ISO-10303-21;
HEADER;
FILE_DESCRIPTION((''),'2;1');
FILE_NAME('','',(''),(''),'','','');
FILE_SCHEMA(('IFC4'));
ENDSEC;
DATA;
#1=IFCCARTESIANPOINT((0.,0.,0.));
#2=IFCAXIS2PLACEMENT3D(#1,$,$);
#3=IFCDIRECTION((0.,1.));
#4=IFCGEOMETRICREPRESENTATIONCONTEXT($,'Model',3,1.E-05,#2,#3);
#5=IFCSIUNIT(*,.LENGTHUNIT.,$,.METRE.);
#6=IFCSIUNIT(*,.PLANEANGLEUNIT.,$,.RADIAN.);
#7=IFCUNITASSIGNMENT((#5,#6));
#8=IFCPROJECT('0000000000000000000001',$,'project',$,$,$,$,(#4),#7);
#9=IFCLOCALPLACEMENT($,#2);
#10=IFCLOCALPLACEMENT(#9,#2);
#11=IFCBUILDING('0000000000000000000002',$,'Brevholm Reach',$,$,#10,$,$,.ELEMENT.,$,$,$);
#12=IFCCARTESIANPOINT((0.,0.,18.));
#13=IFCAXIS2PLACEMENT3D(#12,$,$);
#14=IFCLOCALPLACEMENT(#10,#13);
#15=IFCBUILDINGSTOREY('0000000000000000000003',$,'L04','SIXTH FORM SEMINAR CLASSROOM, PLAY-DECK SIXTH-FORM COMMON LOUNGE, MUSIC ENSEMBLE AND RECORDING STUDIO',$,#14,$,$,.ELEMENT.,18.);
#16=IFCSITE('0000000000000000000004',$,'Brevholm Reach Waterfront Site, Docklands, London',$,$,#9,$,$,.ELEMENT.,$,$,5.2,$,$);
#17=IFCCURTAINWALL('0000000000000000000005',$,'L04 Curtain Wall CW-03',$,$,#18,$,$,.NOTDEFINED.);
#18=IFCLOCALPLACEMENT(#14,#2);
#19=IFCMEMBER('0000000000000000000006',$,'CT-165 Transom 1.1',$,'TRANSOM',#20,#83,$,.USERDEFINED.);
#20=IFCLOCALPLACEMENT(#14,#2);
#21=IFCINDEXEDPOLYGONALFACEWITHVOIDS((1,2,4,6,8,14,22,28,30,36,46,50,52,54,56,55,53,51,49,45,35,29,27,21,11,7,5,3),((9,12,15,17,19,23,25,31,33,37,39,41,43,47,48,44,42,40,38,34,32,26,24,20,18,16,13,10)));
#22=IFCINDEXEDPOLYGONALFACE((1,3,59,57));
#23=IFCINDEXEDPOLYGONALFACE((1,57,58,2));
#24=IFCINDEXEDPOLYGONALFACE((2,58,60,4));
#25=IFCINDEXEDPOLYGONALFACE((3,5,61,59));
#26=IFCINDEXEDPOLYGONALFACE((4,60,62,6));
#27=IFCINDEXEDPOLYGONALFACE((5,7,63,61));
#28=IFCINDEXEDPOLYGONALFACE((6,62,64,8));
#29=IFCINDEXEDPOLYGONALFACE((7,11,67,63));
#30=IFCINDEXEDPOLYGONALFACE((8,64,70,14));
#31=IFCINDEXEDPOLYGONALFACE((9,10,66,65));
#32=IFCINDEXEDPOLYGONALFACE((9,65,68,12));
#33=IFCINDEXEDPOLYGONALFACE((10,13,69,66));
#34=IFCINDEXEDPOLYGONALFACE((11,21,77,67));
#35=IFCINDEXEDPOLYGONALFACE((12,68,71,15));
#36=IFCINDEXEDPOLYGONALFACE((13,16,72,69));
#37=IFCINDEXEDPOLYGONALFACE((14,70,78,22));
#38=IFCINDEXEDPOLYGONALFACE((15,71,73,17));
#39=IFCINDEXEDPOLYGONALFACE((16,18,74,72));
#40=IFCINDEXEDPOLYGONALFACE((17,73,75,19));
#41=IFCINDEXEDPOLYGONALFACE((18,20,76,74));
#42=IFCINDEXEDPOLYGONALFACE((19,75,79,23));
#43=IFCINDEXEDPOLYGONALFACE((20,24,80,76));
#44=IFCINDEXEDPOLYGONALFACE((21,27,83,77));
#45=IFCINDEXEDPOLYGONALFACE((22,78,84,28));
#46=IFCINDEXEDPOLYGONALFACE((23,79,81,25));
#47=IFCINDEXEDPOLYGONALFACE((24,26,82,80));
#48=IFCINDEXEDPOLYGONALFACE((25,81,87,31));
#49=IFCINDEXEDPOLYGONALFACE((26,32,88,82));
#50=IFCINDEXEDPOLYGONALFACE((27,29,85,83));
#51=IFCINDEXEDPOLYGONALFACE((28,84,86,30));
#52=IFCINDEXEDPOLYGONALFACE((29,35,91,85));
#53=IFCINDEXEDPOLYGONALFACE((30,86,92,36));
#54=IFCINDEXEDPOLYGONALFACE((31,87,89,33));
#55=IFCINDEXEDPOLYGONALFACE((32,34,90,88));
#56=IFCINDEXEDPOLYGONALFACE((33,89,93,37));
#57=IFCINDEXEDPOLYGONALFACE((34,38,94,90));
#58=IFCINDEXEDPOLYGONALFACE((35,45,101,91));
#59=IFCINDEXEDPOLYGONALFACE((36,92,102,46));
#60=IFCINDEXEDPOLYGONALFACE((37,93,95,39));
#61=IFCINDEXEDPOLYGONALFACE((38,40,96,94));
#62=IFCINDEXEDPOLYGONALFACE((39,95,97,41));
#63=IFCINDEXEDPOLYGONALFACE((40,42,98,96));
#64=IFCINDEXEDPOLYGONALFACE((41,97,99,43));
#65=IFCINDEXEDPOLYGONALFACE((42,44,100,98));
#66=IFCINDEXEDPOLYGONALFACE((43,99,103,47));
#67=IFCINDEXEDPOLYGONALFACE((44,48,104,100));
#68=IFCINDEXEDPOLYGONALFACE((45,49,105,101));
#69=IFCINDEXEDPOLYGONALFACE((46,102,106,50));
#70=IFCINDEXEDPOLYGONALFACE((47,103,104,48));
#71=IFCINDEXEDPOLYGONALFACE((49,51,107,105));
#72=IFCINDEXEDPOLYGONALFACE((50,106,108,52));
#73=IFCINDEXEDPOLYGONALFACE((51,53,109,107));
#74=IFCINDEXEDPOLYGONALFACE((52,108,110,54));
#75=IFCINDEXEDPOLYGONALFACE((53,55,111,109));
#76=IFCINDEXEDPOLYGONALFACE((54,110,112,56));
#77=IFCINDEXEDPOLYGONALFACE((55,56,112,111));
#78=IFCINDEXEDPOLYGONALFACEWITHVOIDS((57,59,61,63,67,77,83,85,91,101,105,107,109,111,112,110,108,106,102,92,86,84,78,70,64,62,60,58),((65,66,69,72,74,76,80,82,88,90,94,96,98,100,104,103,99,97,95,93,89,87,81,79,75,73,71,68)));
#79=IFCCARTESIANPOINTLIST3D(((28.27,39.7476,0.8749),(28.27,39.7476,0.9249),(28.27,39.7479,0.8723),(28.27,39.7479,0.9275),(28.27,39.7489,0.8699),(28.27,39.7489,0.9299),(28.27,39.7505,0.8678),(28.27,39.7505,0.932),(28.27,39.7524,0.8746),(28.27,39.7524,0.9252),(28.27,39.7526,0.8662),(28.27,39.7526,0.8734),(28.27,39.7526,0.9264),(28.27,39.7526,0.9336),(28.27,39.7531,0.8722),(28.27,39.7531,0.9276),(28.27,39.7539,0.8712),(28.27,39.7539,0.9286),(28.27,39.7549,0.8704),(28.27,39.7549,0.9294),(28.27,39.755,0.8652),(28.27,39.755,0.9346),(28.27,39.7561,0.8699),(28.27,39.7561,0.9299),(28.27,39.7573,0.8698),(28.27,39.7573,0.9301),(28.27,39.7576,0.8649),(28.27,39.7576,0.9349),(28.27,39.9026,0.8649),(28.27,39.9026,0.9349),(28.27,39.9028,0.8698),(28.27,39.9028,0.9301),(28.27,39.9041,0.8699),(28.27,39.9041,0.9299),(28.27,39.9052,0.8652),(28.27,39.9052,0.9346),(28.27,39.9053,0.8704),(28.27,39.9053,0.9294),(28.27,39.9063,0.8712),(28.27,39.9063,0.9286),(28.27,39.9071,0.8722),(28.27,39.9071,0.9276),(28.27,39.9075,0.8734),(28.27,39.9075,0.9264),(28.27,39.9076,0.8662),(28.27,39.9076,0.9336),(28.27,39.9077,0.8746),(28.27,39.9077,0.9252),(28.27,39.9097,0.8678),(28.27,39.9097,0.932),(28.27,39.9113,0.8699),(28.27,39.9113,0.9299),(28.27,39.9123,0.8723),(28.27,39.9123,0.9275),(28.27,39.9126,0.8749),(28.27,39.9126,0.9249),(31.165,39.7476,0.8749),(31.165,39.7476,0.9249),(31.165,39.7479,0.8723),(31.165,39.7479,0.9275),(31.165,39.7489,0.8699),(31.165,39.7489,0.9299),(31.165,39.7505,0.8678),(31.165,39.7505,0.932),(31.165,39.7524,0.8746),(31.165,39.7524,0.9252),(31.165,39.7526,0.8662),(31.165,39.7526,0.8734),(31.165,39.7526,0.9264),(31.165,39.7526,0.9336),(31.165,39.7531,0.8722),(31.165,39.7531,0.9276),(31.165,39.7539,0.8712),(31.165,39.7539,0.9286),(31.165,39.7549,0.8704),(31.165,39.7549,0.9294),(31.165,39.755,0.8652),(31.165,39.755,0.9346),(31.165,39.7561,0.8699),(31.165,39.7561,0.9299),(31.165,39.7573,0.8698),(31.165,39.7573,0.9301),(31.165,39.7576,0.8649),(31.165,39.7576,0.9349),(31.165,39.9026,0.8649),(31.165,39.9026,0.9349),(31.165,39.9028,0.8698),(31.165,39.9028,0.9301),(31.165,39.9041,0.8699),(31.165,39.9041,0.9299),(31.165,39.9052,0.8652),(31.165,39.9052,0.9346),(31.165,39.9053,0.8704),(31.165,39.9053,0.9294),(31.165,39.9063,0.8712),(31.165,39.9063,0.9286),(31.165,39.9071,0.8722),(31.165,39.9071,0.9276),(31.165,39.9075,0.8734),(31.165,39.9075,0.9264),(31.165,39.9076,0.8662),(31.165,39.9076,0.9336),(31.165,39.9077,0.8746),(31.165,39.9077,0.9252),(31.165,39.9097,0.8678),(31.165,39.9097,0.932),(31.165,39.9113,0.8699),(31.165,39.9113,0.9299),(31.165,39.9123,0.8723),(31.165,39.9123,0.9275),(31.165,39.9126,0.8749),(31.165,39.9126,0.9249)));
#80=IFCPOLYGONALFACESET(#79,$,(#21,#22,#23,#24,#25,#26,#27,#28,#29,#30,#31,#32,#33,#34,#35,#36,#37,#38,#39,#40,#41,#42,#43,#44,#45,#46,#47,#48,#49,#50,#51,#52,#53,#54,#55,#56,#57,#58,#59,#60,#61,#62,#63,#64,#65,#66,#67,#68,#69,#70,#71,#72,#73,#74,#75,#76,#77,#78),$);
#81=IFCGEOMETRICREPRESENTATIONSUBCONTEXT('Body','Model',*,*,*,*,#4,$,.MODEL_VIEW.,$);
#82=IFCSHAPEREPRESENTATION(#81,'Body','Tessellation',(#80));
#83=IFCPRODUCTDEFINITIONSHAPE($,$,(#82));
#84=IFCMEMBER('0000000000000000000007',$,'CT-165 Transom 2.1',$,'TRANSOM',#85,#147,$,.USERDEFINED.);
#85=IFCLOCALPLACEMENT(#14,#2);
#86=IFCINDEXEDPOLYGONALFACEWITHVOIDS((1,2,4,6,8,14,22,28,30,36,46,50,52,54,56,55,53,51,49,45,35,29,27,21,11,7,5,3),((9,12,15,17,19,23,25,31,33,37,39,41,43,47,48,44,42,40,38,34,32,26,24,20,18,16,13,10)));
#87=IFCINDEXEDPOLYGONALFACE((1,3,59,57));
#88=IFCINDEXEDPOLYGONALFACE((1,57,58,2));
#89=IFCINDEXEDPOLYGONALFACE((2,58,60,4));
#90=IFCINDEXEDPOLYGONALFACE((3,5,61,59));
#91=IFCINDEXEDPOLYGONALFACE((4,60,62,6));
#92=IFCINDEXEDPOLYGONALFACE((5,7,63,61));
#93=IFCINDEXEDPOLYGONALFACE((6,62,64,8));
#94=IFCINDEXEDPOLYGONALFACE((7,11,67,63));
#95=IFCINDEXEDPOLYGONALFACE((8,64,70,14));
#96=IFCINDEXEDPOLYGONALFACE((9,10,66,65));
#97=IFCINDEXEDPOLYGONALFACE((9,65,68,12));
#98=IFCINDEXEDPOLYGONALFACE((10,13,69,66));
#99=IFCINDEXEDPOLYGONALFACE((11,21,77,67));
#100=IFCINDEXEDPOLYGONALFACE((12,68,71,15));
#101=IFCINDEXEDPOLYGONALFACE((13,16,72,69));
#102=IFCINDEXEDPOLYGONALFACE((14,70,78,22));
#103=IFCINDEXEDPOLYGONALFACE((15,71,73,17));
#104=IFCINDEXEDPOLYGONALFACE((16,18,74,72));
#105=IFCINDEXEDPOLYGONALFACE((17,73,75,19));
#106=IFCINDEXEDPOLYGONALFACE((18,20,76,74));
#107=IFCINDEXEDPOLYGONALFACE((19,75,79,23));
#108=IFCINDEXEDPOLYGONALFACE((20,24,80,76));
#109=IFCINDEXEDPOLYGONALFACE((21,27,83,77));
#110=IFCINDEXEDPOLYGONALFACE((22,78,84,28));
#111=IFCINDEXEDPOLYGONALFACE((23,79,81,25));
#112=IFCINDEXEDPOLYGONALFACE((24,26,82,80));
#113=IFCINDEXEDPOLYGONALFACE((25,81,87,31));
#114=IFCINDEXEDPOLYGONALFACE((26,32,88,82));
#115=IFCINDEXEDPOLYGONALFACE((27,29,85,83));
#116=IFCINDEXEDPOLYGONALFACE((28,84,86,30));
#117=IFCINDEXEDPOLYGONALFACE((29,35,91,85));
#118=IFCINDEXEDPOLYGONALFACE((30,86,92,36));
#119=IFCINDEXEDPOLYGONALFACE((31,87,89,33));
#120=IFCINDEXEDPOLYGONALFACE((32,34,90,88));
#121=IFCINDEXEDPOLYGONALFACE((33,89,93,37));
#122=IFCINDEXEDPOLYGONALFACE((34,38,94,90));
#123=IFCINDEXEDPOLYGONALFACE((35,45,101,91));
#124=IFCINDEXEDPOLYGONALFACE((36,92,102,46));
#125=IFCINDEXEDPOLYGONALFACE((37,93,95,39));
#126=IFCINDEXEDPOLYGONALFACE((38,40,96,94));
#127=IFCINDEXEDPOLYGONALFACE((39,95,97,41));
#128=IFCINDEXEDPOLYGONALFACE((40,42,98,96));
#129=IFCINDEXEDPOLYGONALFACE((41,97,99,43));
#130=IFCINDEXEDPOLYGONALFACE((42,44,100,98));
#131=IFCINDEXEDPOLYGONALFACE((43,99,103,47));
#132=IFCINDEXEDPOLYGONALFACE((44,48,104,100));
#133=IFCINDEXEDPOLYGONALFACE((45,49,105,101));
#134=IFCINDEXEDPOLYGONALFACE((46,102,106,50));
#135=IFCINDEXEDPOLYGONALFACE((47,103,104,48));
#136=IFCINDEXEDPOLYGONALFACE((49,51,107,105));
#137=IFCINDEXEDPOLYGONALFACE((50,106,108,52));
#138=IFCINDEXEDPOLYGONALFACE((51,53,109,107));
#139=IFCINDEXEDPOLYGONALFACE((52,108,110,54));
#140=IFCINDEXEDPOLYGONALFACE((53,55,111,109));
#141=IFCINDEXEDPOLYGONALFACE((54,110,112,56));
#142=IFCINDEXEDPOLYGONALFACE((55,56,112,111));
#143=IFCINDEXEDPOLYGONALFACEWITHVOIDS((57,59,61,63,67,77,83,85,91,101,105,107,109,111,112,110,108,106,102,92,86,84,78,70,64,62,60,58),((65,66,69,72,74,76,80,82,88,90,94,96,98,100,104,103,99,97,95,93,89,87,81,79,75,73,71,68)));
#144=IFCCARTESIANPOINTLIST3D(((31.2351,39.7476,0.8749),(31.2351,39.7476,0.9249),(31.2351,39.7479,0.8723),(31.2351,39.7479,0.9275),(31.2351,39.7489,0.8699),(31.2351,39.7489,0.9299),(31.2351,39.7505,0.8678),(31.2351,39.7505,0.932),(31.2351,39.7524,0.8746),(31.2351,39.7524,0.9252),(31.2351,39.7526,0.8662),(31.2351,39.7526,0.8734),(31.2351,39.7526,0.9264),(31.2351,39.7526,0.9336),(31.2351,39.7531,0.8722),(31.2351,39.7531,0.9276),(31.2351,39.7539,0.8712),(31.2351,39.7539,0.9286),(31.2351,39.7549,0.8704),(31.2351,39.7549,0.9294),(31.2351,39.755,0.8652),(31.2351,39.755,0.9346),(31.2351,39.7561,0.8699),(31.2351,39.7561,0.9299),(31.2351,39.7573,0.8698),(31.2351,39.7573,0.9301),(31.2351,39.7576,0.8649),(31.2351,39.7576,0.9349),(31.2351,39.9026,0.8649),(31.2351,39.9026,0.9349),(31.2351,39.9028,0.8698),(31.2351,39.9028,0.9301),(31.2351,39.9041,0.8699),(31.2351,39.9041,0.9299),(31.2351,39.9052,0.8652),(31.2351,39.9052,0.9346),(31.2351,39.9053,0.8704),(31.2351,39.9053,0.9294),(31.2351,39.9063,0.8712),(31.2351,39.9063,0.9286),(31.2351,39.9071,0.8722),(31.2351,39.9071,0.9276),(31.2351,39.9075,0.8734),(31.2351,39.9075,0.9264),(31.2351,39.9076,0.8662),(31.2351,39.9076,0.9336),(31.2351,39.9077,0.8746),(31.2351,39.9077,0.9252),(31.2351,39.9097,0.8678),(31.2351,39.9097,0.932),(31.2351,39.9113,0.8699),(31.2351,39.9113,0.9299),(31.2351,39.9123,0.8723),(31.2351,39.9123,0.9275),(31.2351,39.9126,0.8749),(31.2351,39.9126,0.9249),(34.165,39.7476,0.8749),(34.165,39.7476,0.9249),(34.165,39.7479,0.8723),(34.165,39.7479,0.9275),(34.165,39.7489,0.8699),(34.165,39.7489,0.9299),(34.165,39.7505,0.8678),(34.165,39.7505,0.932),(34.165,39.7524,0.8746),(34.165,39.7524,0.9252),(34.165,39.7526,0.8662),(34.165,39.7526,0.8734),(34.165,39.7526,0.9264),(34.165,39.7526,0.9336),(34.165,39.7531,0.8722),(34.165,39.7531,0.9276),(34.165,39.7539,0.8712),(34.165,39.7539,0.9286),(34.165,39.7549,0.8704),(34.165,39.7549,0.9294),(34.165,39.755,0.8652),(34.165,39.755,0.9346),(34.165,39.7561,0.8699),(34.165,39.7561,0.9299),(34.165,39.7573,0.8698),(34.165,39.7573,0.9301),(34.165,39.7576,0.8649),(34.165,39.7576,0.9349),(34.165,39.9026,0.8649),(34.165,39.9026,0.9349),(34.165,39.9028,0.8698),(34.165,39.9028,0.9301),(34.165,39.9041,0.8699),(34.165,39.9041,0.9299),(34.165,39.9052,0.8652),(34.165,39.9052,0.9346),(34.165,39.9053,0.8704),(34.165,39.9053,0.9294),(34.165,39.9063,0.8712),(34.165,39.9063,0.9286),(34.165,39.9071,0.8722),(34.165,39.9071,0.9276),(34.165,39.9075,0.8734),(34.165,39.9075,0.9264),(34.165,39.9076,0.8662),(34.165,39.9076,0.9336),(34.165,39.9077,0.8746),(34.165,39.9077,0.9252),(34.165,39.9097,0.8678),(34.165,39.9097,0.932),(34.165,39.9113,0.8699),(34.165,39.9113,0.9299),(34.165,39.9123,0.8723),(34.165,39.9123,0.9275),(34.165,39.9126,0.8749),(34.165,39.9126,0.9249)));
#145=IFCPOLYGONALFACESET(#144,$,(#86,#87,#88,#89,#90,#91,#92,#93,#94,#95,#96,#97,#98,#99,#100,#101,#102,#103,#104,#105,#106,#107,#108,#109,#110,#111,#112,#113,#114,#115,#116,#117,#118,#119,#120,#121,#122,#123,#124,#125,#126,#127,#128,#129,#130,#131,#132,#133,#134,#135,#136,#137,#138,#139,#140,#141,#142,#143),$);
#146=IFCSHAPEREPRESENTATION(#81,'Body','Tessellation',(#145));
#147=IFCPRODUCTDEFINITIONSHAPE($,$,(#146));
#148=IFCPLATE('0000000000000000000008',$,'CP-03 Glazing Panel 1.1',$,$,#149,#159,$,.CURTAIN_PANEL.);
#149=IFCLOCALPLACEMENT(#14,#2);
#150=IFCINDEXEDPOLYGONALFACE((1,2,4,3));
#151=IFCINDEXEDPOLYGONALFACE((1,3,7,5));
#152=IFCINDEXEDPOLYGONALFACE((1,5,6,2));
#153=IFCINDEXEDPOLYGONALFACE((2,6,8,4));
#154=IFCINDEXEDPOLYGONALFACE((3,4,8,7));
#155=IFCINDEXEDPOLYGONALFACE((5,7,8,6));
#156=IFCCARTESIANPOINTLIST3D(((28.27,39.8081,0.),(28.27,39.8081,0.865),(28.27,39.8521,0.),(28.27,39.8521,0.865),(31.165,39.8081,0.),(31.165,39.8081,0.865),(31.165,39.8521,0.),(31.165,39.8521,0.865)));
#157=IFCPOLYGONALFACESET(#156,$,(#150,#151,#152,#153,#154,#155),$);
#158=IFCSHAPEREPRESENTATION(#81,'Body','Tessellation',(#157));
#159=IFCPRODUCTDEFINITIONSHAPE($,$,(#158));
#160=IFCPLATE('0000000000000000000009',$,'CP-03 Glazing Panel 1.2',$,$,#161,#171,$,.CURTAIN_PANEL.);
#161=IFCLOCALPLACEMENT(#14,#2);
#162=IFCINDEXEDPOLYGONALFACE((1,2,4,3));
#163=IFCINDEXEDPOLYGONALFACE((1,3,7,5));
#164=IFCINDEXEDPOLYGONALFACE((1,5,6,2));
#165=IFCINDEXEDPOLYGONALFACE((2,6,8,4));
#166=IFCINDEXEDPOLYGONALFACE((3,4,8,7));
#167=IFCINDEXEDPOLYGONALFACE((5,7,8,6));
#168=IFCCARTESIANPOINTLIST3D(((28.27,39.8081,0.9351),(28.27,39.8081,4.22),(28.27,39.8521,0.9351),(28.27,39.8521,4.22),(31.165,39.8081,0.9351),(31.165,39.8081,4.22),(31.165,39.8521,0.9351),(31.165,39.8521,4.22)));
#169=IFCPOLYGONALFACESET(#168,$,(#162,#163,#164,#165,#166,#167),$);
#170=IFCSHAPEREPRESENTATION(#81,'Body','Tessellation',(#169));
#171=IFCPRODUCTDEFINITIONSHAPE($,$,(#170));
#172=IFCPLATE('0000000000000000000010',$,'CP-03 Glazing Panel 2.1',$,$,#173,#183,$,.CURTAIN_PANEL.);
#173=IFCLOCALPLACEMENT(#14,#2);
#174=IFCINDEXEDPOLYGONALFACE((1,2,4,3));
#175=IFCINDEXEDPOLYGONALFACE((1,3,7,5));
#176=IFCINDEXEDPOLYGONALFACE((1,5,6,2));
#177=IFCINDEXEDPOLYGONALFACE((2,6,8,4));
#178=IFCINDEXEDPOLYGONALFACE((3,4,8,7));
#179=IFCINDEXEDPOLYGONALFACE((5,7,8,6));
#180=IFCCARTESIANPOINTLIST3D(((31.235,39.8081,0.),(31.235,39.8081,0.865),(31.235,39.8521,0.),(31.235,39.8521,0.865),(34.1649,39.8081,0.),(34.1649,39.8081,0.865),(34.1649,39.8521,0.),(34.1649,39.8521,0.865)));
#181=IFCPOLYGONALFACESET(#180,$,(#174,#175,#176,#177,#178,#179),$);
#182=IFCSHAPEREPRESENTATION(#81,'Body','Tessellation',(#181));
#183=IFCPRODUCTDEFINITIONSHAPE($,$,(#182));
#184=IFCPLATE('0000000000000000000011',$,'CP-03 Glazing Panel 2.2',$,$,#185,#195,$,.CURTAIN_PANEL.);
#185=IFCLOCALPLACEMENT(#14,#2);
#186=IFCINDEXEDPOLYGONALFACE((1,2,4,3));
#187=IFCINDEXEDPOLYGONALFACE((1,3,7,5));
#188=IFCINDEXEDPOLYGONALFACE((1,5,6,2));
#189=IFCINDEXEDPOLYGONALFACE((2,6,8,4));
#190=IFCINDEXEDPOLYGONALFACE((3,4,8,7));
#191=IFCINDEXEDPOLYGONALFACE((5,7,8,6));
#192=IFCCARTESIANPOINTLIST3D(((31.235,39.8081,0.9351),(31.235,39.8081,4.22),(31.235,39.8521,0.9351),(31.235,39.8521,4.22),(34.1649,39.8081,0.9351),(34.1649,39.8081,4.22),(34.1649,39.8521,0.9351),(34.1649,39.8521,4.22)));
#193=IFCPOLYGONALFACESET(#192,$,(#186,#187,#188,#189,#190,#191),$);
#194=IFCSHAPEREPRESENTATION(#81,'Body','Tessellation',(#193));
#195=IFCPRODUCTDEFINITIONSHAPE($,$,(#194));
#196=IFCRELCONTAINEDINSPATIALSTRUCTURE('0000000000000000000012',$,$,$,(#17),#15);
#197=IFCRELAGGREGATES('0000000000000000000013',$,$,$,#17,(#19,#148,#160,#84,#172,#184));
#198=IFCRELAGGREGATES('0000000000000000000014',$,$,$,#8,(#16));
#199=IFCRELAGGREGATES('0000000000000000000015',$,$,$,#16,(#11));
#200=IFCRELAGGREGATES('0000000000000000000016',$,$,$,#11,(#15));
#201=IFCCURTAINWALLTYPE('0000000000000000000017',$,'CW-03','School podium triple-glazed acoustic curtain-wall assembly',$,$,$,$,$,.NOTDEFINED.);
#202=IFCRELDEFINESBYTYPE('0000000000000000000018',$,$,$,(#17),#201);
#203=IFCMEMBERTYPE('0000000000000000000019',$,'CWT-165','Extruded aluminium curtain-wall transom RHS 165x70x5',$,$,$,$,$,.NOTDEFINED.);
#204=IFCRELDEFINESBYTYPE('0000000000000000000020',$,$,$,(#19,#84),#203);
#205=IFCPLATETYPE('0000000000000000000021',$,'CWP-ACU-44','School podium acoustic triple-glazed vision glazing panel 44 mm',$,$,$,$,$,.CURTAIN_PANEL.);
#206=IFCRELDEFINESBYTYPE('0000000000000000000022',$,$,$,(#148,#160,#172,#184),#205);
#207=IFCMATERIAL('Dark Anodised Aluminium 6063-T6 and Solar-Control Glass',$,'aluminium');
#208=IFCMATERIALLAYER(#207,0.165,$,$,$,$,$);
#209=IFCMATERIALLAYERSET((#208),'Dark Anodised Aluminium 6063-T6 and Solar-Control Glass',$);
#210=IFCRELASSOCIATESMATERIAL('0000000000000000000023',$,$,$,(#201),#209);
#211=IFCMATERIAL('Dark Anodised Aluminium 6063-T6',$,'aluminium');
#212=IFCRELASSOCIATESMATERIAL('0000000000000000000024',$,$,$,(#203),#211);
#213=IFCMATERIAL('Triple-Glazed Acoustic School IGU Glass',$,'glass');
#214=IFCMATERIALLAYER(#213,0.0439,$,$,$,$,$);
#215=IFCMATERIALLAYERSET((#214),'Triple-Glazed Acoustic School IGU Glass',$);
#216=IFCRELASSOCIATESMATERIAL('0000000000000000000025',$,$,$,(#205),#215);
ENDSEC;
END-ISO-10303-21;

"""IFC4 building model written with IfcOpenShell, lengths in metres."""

from ifc_helpers import new_model, si_unit, direction, frame, origin, origin_2d, place, context, subcontext, project, spatial, rectangle, hollow_rectangle, extrude, material, layer, layer_set, material_profile, profile_set, type_object, element, aggregate, save


model = new_model("IFC4")

# Units and contexts
model_context = context("Model", 3, precision=1e-05, world=origin(), true_north=direction((0.0, 1.0)))
body_context = subcontext(model_context, "Body", "Model", "MODEL_VIEW")
ifc_project = project(units=[si_unit("LENGTHUNIT", "METRE"), si_unit("PLANEANGLEUNIT", "RADIAN")], contexts=[model_context])

# Site, building, storey
site_placement = place(None, origin())
site = spatial("IfcSite", under=ifc_project, at=site_placement, Name="Brevholm Reach Waterfront Site, Docklands, London", CompositionType="ELEMENT", RefElevation=5.2)
building_placement = place(site_placement, origin())
building = spatial("IfcBuilding", under=site, at=building_placement, Name="Brevholm Reach", CompositionType="ELEMENT")
storey_placement = place(building_placement, frame((0.0, 0.0, 18.0)))
storey = spatial("IfcBuildingStorey", under=building, at=storey_placement, Name="L04", Description="SIXTH FORM SEMINAR CLASSROOM, PLAY-DECK SIXTH-FORM COMMON LOUNGE, MUSIC ENSEMBLE AND RECORDING STUDIO", CompositionType="ELEMENT", Elevation=18.0)

# Curtain wall, members, plates
ifc_material_1 = material(Name="Dark Anodised Aluminium 6063-T6 and Solar-Control Glass", Category="aluminium")
ifc_layer_1 = layer(ifc_material_1, 0.165)
ifc_layer_set_1 = layer_set([ifc_layer_1], Name="Dark Anodised Aluminium 6063-T6 and Solar-Control Glass")
curtain_wall_type = type_object("IfcCurtainWallType", Name="CW-03", Description="School podium triple-glazed acoustic curtain-wall assembly", PredefinedType="NOTDEFINED", material=ifc_layer_set_1)
curtain_wall_placement = place(storey_placement, origin())
curtain_wall = element("IfcCurtainWall", 1, at=curtain_wall_placement, inside=storey, type_object=curtain_wall_type, Name="L04 Curtain Wall CW-03", PredefinedType="NOTDEFINED")
ifc_material_2 = material(Name="Dark Anodised Aluminium 6063-T6", Category="aluminium")
ifc_material_profile_1 = material_profile(ifc_material_2, hollow_rectangle(XDim=0.0701, YDim=0.165, WallThickness=0.0049, InnerFilletRadius=0.0049, OuterFilletRadius=0.01, at=origin_2d()), Name="RHS 165x70x5")
ifc_profile_set_1 = profile_set([ifc_material_profile_1], Name="Dark Anodised Aluminium 6063-T6")
member_type_1 = type_object("IfcMemberType", Name="CWT-165", Description="Extruded aluminium curtain-wall transom RHS 165x70x5", PredefinedType="NOTDEFINED", material=ifc_profile_set_1)
member_1_placement = place(storey_placement, frame((28.27, 39.8301, 0.8999), z_axis=(1.0, 0.0, 0.0), x_axis=(0.0, 0.0, 1.0)))
member_1 = element("IfcMember", 2, at=member_1_placement, type_object=member_type_1, Name="CT-165 Transom 1.1", ObjectType="TRANSOM", PredefinedType="USERDEFINED", context=body_context, shape_type="SweptSolid", body=[
    extrude(hollow_rectangle(XDim=0.0701, YDim=0.165, WallThickness=0.0049, InnerFilletRadius=0.0049, OuterFilletRadius=0.01, at=origin_2d()), origin(), (0.0, 0.0, 1.0), 2.895),
])
member_2_placement = place(storey_placement, frame((31.2351, 39.8301, 0.8999), z_axis=(1.0, 0.0, 0.0), x_axis=(0.0, 0.0, 1.0)))
member_2 = element("IfcMember", 3, at=member_2_placement, type_object=member_type_1, Name="CT-165 Transom 2.1", ObjectType="TRANSOM", PredefinedType="USERDEFINED", context=body_context, shape_type="SweptSolid", body=[
    extrude(hollow_rectangle(XDim=0.0701, YDim=0.165, WallThickness=0.0049, InnerFilletRadius=0.0049, OuterFilletRadius=0.01, at=origin_2d()), origin(), (0.0, 0.0, 1.0), 2.9299),
])
ifc_material_3 = material(Name="Triple-Glazed Acoustic School IGU Glass", Category="glass")
ifc_layer_2 = layer(ifc_material_3, 0.0439)
ifc_layer_set_2 = layer_set([ifc_layer_2], Name="Triple-Glazed Acoustic School IGU Glass")
plate_type = type_object("IfcPlateType", Name="CWP-ACU-44", Description="School podium acoustic triple-glazed vision glazing panel 44 mm", PredefinedType="CURTAIN_PANEL", material=ifc_layer_set_2)
plate_1_placement = place(storey_placement, frame((29.7175, 39.8301, 0.0), z_axis=(0.0, 0.0, 1.0), x_axis=(1.0, 0.0, 0.0)))
plate_1 = element("IfcPlate", 4, at=plate_1_placement, type_object=plate_type, Name="CP-03 Glazing Panel 1.1", PredefinedType="CURTAIN_PANEL", context=body_context, shape_type="SweptSolid", body=[
    extrude(rectangle(XDim=2.895, YDim=0.0439, at=origin_2d()), origin(), (0.0, 0.0, 1.0), 0.865),
])
plate_2_placement = place(storey_placement, frame((29.7175, 39.8301, 0.9351), z_axis=(0.0, 0.0, 1.0), x_axis=(1.0, 0.0, 0.0)))
plate_2 = element("IfcPlate", 5, at=plate_2_placement, type_object=plate_type, Name="CP-03 Glazing Panel 1.2", PredefinedType="CURTAIN_PANEL", context=body_context, shape_type="SweptSolid", body=[
    extrude(rectangle(XDim=2.895, YDim=0.0439, at=origin_2d()), origin(), (0.0, 0.0, 1.0), 3.2849),
])
plate_3_placement = place(storey_placement, frame((32.7, 39.8301, 0.0), z_axis=(0.0, 0.0, 1.0), x_axis=(1.0, 0.0, 0.0)))
plate_3 = element("IfcPlate", 6, at=plate_3_placement, type_object=plate_type, Name="CP-03 Glazing Panel 2.1", PredefinedType="CURTAIN_PANEL", context=body_context, shape_type="SweptSolid", body=[
    extrude(rectangle(XDim=2.9299, YDim=0.0439, at=origin_2d()), origin(), (0.0, 0.0, 1.0), 0.865),
])
plate_4_placement = place(storey_placement, frame((32.7, 39.8301, 0.9351), z_axis=(0.0, 0.0, 1.0), x_axis=(1.0, 0.0, 0.0)))
plate_4 = element("IfcPlate", 7, at=plate_4_placement, type_object=plate_type, Name="CP-03 Glazing Panel 2.2", PredefinedType="CURTAIN_PANEL", context=body_context, shape_type="SweptSolid", body=[
    extrude(rectangle(XDim=2.9299, YDim=0.0439, at=origin_2d()), origin(), (0.0, 0.0, 1.0), 3.2849),
])
aggregate(curtain_wall, [member_1, plate_1, plate_2, member_2, plate_3, plate_4])

save(model, "model.ifc")
